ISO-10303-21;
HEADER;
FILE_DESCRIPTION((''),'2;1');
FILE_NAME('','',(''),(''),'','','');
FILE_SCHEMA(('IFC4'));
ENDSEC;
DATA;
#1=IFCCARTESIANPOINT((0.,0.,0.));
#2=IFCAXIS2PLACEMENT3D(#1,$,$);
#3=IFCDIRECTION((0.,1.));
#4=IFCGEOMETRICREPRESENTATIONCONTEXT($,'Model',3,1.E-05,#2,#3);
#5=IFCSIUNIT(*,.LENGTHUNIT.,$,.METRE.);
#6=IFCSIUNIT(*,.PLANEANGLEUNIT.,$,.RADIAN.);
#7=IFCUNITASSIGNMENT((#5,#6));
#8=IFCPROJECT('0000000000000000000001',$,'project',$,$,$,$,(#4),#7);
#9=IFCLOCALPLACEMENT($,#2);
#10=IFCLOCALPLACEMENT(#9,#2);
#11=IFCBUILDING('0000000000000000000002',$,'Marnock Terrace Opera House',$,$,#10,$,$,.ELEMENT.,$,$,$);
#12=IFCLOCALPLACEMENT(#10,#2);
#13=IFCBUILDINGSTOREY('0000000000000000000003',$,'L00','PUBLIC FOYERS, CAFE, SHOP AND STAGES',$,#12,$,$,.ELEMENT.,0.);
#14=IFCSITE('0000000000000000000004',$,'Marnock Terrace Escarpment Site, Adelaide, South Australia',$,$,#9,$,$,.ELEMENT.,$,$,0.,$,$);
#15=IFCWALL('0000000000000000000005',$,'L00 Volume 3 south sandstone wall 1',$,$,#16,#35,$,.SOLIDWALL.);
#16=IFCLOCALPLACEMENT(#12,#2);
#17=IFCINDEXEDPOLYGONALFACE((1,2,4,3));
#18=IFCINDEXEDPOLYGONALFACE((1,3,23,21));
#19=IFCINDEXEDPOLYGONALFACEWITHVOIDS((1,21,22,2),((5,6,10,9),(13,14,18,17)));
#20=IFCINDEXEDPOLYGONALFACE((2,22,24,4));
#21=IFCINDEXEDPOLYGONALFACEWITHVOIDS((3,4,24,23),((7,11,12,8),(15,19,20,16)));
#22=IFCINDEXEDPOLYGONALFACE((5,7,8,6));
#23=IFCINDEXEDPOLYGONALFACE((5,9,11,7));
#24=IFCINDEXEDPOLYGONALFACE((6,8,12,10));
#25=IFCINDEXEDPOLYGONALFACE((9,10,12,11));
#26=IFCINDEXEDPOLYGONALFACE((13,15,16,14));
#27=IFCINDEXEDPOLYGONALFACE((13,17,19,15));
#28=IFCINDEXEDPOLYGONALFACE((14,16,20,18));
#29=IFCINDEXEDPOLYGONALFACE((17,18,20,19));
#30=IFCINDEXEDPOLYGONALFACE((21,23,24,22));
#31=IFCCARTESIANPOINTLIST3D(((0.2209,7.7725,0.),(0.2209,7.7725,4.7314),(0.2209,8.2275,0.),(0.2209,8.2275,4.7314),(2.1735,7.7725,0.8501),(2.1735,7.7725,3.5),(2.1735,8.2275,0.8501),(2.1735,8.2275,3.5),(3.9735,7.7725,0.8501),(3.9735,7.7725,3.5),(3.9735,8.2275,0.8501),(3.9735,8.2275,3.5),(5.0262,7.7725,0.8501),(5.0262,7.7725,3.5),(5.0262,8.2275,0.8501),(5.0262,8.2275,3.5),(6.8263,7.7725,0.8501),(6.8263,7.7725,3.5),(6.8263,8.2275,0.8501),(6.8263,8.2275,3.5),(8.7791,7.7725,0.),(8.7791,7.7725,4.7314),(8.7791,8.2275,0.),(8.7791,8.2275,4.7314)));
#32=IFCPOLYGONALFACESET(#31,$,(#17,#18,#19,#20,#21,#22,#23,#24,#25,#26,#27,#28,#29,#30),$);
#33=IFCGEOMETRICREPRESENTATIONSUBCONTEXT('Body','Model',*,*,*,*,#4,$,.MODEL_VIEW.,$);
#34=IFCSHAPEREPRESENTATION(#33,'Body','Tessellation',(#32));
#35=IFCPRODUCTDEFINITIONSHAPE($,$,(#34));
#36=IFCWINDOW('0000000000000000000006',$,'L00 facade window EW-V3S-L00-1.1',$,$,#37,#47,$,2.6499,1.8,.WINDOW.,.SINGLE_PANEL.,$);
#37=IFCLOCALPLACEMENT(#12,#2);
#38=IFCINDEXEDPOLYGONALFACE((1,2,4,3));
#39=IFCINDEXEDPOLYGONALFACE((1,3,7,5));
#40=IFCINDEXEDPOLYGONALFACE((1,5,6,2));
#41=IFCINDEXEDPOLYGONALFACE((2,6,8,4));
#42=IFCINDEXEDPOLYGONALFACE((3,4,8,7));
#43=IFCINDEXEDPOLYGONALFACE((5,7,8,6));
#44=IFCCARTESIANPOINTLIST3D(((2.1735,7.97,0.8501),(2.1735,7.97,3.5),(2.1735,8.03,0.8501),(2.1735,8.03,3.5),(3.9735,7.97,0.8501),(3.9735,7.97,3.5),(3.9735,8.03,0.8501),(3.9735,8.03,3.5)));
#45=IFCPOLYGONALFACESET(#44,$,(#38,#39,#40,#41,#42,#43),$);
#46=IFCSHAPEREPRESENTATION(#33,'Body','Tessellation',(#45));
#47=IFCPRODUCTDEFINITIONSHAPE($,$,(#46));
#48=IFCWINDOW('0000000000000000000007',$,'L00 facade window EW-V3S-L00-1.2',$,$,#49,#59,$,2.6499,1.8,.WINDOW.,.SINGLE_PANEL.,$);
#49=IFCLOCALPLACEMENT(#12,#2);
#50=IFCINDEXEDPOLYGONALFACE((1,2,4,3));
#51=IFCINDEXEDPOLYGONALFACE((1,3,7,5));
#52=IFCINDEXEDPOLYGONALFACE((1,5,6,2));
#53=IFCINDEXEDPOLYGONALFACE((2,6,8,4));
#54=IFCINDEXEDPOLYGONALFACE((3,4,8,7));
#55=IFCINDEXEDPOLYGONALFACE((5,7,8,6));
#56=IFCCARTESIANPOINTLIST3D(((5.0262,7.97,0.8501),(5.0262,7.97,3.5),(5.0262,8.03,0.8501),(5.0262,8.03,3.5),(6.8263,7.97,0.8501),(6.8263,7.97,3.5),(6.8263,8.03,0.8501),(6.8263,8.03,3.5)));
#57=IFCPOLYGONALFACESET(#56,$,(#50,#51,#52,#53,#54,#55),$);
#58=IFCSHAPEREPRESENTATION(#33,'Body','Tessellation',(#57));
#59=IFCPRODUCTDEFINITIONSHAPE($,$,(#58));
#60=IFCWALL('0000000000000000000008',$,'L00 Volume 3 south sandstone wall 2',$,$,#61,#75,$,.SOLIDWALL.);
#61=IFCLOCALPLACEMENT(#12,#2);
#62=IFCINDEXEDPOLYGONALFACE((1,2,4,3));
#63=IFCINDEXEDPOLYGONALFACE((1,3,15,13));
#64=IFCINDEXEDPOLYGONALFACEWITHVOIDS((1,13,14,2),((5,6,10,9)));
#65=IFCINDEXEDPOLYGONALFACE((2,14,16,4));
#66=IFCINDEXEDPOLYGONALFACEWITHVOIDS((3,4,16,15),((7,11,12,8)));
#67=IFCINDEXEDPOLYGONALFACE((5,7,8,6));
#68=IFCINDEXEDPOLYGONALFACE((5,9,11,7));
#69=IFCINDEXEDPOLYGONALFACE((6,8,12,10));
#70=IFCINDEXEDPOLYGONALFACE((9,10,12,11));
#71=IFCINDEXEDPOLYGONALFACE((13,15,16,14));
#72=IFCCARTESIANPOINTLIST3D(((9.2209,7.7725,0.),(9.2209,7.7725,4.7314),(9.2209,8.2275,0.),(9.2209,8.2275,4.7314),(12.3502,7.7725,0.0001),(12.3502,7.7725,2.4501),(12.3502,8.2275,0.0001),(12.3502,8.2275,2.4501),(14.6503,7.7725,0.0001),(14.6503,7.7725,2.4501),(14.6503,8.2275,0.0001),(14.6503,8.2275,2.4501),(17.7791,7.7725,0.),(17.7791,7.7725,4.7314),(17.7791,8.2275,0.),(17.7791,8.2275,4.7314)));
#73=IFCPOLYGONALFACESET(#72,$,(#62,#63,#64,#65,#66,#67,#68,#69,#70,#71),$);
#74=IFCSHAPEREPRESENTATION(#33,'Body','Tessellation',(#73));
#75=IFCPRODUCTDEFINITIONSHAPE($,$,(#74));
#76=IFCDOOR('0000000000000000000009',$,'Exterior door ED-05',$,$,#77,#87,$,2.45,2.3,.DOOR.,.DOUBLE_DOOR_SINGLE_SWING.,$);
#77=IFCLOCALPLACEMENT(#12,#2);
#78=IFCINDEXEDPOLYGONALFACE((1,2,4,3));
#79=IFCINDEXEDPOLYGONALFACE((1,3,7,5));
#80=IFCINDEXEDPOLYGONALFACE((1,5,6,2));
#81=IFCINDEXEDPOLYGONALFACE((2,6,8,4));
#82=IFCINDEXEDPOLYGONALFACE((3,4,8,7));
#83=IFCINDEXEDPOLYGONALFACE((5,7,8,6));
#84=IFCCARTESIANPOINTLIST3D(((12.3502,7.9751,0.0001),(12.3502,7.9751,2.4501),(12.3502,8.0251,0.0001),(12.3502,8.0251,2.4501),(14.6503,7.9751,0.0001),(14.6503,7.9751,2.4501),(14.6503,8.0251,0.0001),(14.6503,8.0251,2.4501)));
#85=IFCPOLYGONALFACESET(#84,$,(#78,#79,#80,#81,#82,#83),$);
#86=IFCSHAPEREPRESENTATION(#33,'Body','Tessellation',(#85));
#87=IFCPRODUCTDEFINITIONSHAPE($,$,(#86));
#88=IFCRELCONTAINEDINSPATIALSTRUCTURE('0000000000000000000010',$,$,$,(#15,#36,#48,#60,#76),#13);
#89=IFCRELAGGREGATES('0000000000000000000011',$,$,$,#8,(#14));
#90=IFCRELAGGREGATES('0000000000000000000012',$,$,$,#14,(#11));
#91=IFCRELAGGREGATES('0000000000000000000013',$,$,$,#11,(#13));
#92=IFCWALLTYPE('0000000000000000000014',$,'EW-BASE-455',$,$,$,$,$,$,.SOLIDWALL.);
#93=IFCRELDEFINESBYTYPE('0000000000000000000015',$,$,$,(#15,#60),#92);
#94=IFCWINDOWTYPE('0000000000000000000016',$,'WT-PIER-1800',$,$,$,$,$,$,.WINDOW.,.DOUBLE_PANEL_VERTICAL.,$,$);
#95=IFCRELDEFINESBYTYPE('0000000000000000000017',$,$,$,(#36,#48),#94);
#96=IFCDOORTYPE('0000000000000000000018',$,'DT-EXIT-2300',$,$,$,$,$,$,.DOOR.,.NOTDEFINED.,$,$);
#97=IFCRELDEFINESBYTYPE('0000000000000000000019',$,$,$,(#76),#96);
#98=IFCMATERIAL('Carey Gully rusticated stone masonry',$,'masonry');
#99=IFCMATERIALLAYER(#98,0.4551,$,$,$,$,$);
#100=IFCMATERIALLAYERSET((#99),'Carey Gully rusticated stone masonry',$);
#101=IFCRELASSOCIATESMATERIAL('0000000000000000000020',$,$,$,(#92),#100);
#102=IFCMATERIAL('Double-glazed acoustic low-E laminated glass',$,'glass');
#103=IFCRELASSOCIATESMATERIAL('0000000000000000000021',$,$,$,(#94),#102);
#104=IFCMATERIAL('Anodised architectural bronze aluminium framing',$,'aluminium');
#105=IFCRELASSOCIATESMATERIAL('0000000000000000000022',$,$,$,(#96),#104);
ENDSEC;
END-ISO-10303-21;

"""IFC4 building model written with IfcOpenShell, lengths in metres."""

from ifc_helpers import new_model, si_unit, direction, frame, frame_2d, origin, place, context, subcontext, project, spatial, rectangle, extrude, material, layer, layer_set, type_object, element, fill, save


model = new_model("IFC4")

# Units and contexts
model_context = context("Model", 3, precision=1e-05, world=origin(), true_north=direction((0.0, 1.0)))
body_context = subcontext(model_context, "Body", "Model", "MODEL_VIEW")
ifc_project = project(units=[si_unit("LENGTHUNIT", "METRE"), si_unit("PLANEANGLEUNIT", "RADIAN")], contexts=[model_context])

# Site, building, storey
site_placement = place(None, origin())
site = spatial("IfcSite", under=ifc_project, at=site_placement, Name="Marnock Terrace Escarpment Site, Adelaide, South Australia", CompositionType="ELEMENT", RefElevation=0.0)
building_placement = place(site_placement, origin())
building = spatial("IfcBuilding", under=site, at=building_placement, Name="Marnock Terrace Opera House", CompositionType="ELEMENT")
storey_placement = place(building_placement, origin())
storey = spatial("IfcBuildingStorey", under=building, at=storey_placement, Name="L00", Description="PUBLIC FOYERS, CAFE, SHOP AND STAGES", CompositionType="ELEMENT", Elevation=0.0)

# Wall, openings, windows
ifc_material_1 = material(Name="Carey Gully rusticated stone masonry", Category="masonry")
ifc_layer = layer(ifc_material_1, 0.4551)
ifc_layer_set = layer_set([ifc_layer], Name="Carey Gully rusticated stone masonry")
wall_type = type_object("IfcWallType", Name="EW-BASE-455", PredefinedType="SOLIDWALL", material=ifc_layer_set)
wall_1_placement = place(storey_placement, frame((0.2209, 8.0, 0.0), z_axis=(0.0, 0.0, 1.0), x_axis=(1.0, 0.0, 0.0)))
wall_1 = element("IfcWall", 1, at=wall_1_placement, inside=storey, type_object=wall_type, Name="L00 Volume 3 south sandstone wall 1", PredefinedType="SOLIDWALL", context=body_context, shape_type="SweptSolid", body=[
    extrude(rectangle(XDim=8.5581, YDim=0.4551, at=frame_2d((4.2791, 0.0))), origin(), (0.0, 0.0, 1.0), 4.7314),
])
opening_1_placement = place(wall_1_placement, frame((1.9526, 0.0, 0.8501)))
opening_1 = element("IfcOpeningElement", 2, at=opening_1_placement, cuts=wall_1, PredefinedType="OPENING", context=body_context, shape_type="SweptSolid", body=[
    extrude(rectangle(XDim=1.8, YDim=2.6499, at=frame_2d((0.8999, 1.325))), frame((0.0, 0.2375, 0.0), z_axis=(0.0, -1.0, 0.0), x_axis=(1.0, 0.0, 0.0)), (0.0, 0.0, 1.0), 0.4751),
])
opening_2_placement = place(wall_1_placement, frame((4.8054, 0.0, 0.8501)))
opening_2 = element("IfcOpeningElement", 3, at=opening_2_placement, cuts=wall_1, PredefinedType="OPENING", context=body_context, shape_type="SweptSolid", body=[
    extrude(rectangle(XDim=1.8, YDim=2.6499, at=frame_2d((0.8999, 1.325))), frame((0.0, 0.2375, 0.0), z_axis=(0.0, -1.0, 0.0), x_axis=(1.0, 0.0, 0.0)), (0.0, 0.0, 1.0), 0.4751),
])
ifc_material_2 = material(Name="Double-glazed acoustic low-E laminated glass", Category="glass")
window_type = type_object("IfcWindowType", Name="WT-PIER-1800", PartitioningType="DOUBLE_PANEL_VERTICAL", PredefinedType="WINDOW", material=ifc_material_2)
window_1_placement = place(opening_1_placement, origin())
window_1 = element("IfcWindow", 4, at=window_1_placement, inside=storey, type_object=window_type, Name="L00 facade window EW-V3S-L00-1.1", OverallHeight=2.6499, OverallWidth=1.8, PartitioningType="SINGLE_PANEL", PredefinedType="WINDOW", context=body_context, shape_type="SweptSolid", body=[
    extrude(rectangle(XDim=1.8, YDim=2.6499, at=frame_2d((0.8999, 1.325))), frame((0.0, 0.03, 0.0), z_axis=(0.0, -1.0, 0.0), x_axis=(1.0, 0.0, 0.0)), (0.0, 0.0, 1.0), 0.0601),
])
fill(opening_1, window_1)
window_2_placement = place(opening_2_placement, origin())
window_2 = element("IfcWindow", 5, at=window_2_placement, inside=storey, type_object=window_type, Name="L00 facade window EW-V3S-L00-1.2", OverallHeight=2.6499, OverallWidth=1.8, PartitioningType="SINGLE_PANEL", PredefinedType="WINDOW", context=body_context, shape_type="SweptSolid", body=[
    extrude(rectangle(XDim=1.8, YDim=2.6499, at=frame_2d((0.8999, 1.325))), frame((0.0, 0.03, 0.0), z_axis=(0.0, -1.0, 0.0), x_axis=(1.0, 0.0, 0.0)), (0.0, 0.0, 1.0), 0.0601),
])
fill(opening_2, window_2)

# Wall, opening, door
wall_2_placement = place(storey_placement, frame((17.7791, 8.0, 0.0), z_axis=(0.0, 0.0, 1.0), x_axis=(-1.0, 0.0, 0.0)))
wall_2 = element("IfcWall", 6, at=wall_2_placement, inside=storey, type_object=wall_type, Name="L00 Volume 3 south sandstone wall 2", PredefinedType="SOLIDWALL", context=body_context, shape_type="SweptSolid", body=[
    extrude(rectangle(XDim=8.5581, YDim=0.4551, at=frame_2d((4.2791, 0.0))), origin(), (0.0, 0.0, 1.0), 4.7314),
])
opening_3_placement = place(wall_2_placement, frame((3.1289, 0.0, 0.0)))
opening_3 = element("IfcOpeningElement", 7, at=opening_3_placement, cuts=wall_2, PredefinedType="OPENING", context=body_context, shape_type="SweptSolid", body=[
    extrude(rectangle(XDim=2.3, YDim=2.45, at=frame_2d((1.1499, 1.2251))), frame((0.0, 0.2375, 0.0), z_axis=(0.0, -1.0, 0.0), x_axis=(1.0, 0.0, 0.0)), (0.0, 0.0, 1.0), 0.4751),
])
ifc_material_3 = material(Name="Anodised architectural bronze aluminium framing", Category="aluminium")
door_type = type_object("IfcDoorType", Name="DT-EXIT-2300", OperationType="NOTDEFINED", PredefinedType="DOOR", material=ifc_material_3)
door_placement = place(opening_3_placement, origin())
door = element("IfcDoor", 8, at=door_placement, inside=storey, type_object=door_type, Name="Exterior door ED-05", OperationType="DOUBLE_DOOR_SINGLE_SWING", OverallHeight=2.45, OverallWidth=2.3, PredefinedType="DOOR", context=body_context, shape_type="SweptSolid", body=[
    extrude(rectangle(XDim=2.3, YDim=2.45, at=frame_2d((1.1499, 1.2251))), frame((0.0, 0.0249, 0.0), z_axis=(0.0, -1.0, 0.0), x_axis=(1.0, 0.0, 0.0)), (0.0, 0.0, 1.0), 0.05),
])
fill(opening_3, door)

save(model, "model.ifc")
